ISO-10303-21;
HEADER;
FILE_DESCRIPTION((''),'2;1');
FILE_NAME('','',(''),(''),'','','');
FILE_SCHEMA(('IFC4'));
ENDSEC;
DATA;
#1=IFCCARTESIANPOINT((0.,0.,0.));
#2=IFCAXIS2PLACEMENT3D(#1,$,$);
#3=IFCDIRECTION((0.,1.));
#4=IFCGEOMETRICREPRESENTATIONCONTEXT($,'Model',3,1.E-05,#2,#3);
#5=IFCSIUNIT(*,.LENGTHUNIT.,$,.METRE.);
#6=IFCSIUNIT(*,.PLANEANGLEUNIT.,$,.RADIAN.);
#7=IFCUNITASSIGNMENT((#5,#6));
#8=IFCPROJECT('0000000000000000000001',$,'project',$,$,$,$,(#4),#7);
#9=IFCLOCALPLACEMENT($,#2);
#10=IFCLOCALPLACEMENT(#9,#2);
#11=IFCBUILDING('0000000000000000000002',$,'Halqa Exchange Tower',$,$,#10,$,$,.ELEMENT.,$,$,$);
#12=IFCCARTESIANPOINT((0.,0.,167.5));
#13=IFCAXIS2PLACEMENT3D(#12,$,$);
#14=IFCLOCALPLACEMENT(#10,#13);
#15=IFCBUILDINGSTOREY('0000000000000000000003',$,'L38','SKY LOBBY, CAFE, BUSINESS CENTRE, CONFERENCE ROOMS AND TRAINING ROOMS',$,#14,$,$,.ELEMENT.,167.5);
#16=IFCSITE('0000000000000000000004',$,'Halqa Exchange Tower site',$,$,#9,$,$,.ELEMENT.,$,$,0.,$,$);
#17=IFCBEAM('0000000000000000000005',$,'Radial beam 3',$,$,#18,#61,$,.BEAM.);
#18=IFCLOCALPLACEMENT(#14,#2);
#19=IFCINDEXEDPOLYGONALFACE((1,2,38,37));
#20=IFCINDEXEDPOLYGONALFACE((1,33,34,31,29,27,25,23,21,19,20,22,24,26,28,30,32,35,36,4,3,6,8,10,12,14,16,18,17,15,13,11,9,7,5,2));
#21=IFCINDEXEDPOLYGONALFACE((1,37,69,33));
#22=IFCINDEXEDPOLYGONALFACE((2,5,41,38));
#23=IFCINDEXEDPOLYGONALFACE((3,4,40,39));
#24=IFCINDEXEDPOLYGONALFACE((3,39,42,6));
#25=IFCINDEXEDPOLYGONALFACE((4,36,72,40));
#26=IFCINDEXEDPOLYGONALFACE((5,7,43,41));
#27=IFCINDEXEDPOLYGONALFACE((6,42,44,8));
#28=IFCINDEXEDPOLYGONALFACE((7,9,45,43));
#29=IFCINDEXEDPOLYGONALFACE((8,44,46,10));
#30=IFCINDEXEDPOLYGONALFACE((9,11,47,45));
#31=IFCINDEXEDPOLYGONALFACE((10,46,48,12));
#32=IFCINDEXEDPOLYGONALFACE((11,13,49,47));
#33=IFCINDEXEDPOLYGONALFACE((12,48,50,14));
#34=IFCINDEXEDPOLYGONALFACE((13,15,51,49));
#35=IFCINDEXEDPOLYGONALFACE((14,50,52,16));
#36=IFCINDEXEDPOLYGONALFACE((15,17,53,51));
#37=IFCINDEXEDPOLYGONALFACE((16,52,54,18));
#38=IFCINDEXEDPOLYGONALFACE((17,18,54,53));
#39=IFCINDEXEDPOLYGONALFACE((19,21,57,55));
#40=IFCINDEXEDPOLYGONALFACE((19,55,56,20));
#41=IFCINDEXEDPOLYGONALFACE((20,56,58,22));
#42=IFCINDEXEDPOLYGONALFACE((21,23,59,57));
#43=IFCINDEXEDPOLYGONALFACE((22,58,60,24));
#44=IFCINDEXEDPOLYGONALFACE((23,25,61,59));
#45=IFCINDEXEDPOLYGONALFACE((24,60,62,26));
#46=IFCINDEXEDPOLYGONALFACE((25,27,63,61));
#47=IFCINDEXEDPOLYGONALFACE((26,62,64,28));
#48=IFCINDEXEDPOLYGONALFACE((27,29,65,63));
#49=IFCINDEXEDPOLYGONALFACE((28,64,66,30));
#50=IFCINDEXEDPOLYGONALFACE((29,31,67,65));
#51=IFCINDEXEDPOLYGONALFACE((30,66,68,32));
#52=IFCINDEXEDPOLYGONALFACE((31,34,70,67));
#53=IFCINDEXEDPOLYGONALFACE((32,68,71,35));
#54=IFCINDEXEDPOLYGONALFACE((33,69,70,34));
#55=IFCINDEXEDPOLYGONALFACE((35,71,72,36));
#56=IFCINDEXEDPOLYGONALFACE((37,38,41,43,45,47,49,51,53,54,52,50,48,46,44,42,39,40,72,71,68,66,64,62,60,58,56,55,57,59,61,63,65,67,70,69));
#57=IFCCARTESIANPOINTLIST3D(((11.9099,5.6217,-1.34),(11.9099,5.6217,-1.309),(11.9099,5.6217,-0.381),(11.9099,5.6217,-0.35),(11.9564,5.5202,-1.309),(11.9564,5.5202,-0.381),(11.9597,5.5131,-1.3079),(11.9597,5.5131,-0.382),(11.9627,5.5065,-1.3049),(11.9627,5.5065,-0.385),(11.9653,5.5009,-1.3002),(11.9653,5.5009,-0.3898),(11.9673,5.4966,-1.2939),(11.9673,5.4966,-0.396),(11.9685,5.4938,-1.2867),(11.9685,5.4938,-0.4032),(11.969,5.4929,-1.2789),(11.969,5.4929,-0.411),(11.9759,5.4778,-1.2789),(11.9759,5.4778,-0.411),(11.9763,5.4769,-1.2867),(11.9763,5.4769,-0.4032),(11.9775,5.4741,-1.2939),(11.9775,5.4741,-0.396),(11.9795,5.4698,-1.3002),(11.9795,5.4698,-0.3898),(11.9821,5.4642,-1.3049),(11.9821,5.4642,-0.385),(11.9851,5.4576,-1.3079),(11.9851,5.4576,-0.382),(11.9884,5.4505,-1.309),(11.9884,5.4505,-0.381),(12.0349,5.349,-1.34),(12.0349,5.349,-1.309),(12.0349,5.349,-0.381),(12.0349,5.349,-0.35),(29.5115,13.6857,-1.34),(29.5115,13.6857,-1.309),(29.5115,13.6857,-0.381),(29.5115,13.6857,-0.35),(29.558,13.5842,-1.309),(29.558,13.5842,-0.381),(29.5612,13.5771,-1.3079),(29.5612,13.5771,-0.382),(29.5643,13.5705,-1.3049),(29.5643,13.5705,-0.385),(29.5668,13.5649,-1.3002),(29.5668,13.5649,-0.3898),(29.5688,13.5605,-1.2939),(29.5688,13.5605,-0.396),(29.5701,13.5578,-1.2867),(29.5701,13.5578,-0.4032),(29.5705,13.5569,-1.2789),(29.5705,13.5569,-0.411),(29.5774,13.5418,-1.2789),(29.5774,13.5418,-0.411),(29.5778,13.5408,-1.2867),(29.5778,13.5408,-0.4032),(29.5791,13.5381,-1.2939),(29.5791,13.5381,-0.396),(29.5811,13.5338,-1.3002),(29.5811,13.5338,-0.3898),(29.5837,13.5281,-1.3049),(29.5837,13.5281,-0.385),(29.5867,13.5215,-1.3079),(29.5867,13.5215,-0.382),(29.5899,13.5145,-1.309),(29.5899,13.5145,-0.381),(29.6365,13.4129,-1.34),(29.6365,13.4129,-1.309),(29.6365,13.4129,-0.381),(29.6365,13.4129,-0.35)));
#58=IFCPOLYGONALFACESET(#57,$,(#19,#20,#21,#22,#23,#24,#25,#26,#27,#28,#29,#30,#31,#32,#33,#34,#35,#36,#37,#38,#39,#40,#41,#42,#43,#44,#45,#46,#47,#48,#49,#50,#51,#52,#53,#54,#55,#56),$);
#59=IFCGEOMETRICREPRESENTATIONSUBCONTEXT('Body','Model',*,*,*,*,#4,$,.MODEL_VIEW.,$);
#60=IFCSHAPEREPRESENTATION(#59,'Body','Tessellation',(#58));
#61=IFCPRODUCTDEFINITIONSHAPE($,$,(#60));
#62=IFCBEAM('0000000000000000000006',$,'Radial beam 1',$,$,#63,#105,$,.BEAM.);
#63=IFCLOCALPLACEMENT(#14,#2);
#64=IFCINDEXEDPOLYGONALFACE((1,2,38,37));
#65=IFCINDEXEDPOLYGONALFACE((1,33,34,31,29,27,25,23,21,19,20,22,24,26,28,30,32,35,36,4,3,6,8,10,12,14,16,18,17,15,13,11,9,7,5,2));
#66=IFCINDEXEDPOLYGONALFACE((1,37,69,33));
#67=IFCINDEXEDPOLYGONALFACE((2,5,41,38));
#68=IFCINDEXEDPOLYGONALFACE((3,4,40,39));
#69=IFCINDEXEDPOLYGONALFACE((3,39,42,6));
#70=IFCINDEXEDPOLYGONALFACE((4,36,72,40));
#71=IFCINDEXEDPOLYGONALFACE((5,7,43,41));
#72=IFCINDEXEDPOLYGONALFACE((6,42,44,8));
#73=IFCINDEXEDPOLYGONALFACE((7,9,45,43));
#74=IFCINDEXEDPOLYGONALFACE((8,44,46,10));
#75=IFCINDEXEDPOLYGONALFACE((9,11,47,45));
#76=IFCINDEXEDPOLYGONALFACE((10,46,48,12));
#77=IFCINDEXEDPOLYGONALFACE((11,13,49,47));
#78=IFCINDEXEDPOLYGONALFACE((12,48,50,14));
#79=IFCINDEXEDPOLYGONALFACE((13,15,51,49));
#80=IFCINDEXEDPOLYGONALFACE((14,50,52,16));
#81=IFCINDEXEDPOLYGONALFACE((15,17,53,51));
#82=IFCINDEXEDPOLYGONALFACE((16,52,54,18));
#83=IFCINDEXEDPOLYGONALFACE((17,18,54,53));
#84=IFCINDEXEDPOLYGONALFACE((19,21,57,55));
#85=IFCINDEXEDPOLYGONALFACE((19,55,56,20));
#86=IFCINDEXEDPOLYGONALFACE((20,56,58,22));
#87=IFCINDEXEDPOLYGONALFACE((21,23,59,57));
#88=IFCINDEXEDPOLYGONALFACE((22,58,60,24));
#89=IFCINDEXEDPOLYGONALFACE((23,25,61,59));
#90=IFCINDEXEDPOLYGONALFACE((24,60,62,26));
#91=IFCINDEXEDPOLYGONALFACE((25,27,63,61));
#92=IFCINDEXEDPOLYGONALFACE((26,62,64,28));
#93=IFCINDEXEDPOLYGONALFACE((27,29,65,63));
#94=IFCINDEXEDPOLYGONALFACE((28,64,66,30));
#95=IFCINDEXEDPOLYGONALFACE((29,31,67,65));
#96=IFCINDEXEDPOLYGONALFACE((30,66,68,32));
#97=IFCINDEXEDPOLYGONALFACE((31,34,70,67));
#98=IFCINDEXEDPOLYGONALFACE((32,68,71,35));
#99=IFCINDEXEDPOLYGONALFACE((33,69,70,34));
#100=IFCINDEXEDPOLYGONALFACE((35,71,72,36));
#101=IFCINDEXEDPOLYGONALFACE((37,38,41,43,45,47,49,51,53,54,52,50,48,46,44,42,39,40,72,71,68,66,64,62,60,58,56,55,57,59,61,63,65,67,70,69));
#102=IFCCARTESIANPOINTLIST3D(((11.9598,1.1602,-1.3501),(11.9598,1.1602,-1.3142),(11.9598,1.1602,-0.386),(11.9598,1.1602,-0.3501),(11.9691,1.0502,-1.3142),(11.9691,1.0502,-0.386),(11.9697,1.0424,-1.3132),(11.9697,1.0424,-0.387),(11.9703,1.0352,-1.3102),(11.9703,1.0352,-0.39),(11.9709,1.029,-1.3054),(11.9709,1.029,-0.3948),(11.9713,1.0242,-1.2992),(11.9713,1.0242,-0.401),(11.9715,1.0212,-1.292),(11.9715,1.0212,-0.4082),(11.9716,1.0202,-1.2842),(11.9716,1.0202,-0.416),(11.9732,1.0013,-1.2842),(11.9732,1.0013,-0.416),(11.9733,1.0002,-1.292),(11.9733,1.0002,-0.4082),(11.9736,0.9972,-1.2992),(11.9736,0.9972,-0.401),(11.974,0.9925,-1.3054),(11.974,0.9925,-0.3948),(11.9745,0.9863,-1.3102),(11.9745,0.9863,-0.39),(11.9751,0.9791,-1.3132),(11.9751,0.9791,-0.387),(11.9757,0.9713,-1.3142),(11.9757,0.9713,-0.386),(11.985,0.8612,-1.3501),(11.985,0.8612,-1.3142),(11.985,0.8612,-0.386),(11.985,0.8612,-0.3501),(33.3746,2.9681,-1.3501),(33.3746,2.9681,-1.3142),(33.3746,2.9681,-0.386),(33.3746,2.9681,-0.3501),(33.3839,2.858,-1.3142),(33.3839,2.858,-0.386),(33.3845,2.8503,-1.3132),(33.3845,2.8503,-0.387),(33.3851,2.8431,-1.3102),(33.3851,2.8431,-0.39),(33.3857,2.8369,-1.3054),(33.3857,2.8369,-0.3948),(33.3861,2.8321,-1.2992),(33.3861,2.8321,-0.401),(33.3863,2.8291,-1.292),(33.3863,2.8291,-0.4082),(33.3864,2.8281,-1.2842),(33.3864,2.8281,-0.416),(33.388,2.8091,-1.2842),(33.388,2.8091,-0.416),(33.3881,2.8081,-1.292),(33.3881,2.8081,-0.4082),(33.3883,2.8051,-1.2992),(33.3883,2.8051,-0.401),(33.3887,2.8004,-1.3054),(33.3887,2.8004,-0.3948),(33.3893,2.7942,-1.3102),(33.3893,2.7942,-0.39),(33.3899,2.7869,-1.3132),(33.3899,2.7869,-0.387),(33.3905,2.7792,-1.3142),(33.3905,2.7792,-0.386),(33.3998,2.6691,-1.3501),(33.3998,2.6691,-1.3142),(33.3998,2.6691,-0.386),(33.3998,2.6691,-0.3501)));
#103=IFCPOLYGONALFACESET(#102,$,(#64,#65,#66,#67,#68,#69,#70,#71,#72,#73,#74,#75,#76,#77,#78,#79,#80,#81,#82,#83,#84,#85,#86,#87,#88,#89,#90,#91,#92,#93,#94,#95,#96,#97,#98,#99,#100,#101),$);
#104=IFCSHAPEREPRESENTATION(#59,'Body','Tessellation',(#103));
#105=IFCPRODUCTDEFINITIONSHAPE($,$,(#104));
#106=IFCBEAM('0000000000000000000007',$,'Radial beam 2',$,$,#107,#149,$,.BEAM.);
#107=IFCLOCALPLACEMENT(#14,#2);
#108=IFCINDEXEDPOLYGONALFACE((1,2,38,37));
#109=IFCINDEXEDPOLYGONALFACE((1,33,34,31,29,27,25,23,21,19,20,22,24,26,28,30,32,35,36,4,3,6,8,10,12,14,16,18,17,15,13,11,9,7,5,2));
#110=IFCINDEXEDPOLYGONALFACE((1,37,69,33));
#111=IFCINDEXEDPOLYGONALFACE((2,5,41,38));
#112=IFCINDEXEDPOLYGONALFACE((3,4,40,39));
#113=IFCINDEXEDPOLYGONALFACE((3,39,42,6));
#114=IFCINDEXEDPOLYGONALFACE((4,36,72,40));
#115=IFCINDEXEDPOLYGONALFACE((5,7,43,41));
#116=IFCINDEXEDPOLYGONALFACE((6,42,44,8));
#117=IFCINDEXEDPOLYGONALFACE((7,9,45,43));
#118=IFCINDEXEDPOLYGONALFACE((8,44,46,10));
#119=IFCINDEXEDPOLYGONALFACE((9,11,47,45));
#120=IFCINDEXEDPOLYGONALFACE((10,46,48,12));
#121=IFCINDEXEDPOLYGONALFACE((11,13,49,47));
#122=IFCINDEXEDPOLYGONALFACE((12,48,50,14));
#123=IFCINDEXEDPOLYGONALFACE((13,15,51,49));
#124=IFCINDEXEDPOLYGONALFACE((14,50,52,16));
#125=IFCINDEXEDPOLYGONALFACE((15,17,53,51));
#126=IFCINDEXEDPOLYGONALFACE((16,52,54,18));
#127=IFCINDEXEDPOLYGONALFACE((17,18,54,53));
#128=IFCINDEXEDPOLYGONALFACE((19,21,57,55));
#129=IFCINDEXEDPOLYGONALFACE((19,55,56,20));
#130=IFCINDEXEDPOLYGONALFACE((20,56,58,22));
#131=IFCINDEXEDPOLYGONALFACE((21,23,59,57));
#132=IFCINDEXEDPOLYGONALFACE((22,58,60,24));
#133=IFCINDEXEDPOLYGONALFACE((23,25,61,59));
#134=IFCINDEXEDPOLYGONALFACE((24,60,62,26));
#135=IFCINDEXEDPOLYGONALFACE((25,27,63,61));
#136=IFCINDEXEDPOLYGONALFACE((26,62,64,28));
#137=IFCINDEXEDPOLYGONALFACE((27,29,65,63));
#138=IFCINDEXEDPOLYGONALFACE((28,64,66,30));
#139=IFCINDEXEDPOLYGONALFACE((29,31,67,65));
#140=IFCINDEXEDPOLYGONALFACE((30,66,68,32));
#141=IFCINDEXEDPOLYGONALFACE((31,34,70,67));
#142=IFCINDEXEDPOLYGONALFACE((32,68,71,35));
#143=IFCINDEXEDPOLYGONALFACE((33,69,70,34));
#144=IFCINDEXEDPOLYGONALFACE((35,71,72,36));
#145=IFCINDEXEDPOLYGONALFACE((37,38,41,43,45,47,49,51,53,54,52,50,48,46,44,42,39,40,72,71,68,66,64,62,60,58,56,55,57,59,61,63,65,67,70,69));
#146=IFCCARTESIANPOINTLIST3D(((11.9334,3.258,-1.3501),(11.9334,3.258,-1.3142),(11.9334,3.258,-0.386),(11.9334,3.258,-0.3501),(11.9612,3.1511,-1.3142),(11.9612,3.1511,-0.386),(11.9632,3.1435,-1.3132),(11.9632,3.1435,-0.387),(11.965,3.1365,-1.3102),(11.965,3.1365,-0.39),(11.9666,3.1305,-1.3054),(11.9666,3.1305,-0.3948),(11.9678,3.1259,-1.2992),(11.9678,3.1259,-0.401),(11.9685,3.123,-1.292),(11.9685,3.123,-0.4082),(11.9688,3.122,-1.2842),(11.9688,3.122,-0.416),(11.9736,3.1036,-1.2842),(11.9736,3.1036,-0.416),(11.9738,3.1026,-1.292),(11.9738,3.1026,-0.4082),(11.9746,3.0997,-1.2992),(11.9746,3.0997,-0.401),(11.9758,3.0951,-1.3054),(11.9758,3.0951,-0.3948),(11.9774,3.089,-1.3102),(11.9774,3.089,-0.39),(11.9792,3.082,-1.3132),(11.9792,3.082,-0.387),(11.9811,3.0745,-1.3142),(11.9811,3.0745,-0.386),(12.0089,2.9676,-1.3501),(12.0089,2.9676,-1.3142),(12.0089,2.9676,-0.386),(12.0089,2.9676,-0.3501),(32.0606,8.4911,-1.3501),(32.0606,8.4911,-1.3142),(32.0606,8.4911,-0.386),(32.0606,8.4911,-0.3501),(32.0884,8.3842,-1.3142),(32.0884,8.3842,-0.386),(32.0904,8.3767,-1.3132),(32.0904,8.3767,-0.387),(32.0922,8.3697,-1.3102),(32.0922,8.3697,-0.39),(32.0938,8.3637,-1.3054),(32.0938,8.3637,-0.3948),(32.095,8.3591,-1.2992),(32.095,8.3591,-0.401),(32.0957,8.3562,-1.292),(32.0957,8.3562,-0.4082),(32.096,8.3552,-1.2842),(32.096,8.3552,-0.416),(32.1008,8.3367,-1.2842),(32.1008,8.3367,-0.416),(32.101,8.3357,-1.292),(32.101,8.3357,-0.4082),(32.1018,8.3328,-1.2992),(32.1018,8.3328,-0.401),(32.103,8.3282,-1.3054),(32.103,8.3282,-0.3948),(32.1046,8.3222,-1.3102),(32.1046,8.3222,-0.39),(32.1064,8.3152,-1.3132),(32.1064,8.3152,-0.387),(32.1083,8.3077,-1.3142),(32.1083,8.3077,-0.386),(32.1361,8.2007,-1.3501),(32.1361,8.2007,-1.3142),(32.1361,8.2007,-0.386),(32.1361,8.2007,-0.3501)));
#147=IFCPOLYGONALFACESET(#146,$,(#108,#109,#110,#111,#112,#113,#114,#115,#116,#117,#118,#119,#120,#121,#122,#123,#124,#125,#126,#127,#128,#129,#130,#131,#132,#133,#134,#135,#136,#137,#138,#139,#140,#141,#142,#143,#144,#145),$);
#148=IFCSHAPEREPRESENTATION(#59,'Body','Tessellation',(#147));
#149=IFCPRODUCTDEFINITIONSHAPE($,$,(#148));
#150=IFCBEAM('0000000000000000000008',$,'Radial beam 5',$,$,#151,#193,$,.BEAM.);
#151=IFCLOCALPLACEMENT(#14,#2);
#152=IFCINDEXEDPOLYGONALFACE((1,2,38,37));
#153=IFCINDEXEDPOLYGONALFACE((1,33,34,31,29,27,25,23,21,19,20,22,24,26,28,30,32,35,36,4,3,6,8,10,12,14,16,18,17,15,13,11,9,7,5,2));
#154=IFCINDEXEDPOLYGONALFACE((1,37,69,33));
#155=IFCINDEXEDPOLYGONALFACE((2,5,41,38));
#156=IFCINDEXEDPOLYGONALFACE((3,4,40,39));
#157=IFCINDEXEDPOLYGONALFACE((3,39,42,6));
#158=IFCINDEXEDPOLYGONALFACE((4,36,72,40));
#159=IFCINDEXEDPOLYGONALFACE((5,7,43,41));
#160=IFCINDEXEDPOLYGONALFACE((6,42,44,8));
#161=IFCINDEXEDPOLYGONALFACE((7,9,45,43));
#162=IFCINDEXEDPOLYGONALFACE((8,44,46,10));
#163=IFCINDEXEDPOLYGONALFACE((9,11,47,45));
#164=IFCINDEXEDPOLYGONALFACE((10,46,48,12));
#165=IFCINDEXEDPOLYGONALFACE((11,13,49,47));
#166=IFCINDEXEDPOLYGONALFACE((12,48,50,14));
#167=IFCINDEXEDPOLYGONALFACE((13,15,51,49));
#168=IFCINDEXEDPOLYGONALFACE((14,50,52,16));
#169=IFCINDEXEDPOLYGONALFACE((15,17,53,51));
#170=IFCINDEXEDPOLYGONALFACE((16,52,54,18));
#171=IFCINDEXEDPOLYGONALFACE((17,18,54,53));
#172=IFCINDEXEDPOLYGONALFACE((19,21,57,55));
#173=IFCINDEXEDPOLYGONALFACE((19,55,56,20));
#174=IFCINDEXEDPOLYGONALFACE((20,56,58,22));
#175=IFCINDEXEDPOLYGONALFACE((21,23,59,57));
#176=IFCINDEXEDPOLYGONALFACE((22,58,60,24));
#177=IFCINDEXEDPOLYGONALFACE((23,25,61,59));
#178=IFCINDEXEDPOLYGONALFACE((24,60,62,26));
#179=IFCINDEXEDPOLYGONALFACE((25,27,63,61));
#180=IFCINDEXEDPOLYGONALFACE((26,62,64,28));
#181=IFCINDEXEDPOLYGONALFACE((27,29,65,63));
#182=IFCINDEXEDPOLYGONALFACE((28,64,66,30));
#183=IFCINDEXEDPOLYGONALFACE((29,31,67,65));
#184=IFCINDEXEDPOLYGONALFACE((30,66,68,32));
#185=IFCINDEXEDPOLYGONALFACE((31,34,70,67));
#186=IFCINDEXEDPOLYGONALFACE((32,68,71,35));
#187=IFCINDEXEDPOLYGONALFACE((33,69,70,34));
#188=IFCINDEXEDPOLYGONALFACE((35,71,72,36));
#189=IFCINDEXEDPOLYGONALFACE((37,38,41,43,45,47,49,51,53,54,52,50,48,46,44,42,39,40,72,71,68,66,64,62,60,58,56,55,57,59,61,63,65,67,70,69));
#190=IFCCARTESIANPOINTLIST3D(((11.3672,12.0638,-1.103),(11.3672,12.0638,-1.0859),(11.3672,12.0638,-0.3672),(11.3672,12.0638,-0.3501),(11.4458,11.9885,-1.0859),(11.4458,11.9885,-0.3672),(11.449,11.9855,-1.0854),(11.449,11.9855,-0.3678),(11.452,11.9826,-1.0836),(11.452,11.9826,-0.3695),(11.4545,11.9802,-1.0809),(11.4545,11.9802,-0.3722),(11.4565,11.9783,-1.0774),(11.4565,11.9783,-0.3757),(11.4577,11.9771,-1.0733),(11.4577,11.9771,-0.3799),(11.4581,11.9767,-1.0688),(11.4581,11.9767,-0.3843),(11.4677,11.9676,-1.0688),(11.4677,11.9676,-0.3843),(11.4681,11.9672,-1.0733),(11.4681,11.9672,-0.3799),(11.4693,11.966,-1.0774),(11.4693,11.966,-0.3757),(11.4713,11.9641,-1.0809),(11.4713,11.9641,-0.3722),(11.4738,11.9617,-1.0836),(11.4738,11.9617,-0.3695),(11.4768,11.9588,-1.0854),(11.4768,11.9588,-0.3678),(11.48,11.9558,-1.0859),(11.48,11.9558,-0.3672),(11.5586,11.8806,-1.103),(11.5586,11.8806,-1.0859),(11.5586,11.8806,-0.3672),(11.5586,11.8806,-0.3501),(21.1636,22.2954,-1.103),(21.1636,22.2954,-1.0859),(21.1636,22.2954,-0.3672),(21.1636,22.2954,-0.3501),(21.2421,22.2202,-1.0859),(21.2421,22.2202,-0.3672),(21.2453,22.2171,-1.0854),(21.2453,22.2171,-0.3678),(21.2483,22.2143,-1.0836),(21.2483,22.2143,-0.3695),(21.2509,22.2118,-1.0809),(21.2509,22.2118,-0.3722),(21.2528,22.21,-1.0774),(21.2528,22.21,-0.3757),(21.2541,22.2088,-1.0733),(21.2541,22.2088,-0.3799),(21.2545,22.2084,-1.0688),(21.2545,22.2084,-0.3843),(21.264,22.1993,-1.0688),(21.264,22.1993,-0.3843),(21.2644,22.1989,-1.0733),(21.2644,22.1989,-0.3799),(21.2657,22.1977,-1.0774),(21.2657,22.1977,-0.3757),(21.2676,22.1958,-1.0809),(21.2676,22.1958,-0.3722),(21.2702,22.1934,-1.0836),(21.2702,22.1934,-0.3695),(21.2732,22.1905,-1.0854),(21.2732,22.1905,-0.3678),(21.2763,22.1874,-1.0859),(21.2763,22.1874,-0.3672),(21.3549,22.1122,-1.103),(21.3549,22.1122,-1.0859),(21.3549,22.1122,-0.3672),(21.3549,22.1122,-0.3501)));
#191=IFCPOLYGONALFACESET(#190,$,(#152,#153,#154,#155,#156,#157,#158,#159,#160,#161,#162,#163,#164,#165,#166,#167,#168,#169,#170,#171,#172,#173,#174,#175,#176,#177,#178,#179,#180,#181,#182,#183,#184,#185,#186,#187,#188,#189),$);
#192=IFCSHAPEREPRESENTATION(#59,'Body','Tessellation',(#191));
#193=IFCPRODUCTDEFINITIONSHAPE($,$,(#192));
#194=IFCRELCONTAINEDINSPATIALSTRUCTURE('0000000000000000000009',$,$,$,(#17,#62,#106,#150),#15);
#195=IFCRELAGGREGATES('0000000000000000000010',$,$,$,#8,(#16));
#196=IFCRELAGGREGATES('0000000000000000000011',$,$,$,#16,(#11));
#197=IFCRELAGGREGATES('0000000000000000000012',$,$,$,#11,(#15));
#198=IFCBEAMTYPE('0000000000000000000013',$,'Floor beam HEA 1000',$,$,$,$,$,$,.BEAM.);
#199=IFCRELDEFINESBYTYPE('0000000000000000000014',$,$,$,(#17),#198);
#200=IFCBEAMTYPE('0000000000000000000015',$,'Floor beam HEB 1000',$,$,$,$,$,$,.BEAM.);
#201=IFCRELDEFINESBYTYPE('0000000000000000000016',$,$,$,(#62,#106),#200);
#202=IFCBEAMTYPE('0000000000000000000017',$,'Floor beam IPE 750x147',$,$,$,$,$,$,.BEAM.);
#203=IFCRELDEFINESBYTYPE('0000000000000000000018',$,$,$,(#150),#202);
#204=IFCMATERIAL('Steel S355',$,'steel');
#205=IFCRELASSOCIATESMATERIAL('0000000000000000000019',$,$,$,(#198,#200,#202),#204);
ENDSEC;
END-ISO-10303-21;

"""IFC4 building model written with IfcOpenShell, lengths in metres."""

from ifc_helpers import new_model, si_unit, direction, frame, origin, origin_2d, place, context, subcontext, project, spatial, i_section, extrude, material, material_profile, profile_set, type_object, element, save


model = new_model("IFC4")

# Units and contexts
model_context = context("Model", 3, precision=1e-05, world=origin(), true_north=direction((0.0, 1.0)))
body_context = subcontext(model_context, "Body", "Model", "MODEL_VIEW")
ifc_project = project(units=[si_unit("LENGTHUNIT", "METRE"), si_unit("PLANEANGLEUNIT", "RADIAN")], contexts=[model_context])

# Site, building, storey
site_placement = place(None, origin())
site = spatial("IfcSite", under=ifc_project, at=site_placement, Name="Halqa Exchange Tower site", CompositionType="ELEMENT", RefElevation=0.0)
building_placement = place(site_placement, origin())
building = spatial("IfcBuilding", under=site, at=building_placement, Name="Halqa Exchange Tower", CompositionType="ELEMENT")
storey_placement = place(building_placement, frame((0.0, 0.0, 167.5)))
storey = spatial("IfcBuildingStorey", under=building, at=storey_placement, Name="L38", Description="SKY LOBBY, CAFE, BUSINESS CENTRE, CONFERENCE ROOMS AND TRAINING ROOMS", CompositionType="ELEMENT", Elevation=167.5)

# Beams
ifc_material_1 = material(Name="Steel S355", Category="steel")
ifc_material_profile_1 = material_profile(ifc_material_1, i_section(OverallWidth=0.3, OverallDepth=0.99, WebThickness=0.0166, FlangeThickness=0.031, FilletRadius=0.03, at=origin_2d()), Name="HEA 1000")
ifc_profile_set_1 = profile_set([ifc_material_profile_1], Name="Steel S355")
beam_type_1 = type_object("IfcBeamType", Name="Floor beam HEA 1000", PredefinedType="BEAM", material=ifc_profile_set_1)
beam_1_placement = place(storey_placement, frame((11.9724, 5.4854, -0.845), z_axis=(0.909132, 0.416509, 0.0), x_axis=(-0.416509, 0.909132, 0.0)))
element("IfcBeam", 1, at=beam_1_placement, inside=storey, type_object=beam_type_1, Name="Radial beam 3", PredefinedType="BEAM", context=body_context, shape_type="SweptSolid", body=[
    extrude(i_section(OverallWidth=0.3, OverallDepth=0.99, WebThickness=0.0166, FlangeThickness=0.031, FilletRadius=0.03, at=origin_2d()), origin(), (0.0, 0.0, 1.0), 19.3608),
])
ifc_material_profile_2 = material_profile(ifc_material_1, i_section(OverallWidth=0.3, OverallDepth=1.0, WebThickness=0.019, FlangeThickness=0.0359, FilletRadius=0.03, at=origin_2d()), Name="HEB 1000")
ifc_profile_set_2 = profile_set([ifc_material_profile_2], Name="Steel S355")
beam_type_2 = type_object("IfcBeamType", Name="Floor beam HEB 1000", PredefinedType="BEAM", material=ifc_profile_set_2)
beam_2_placement = place(storey_placement, frame((11.9724, 1.0107, -0.8501), z_axis=(0.996455, 0.084122, 0.0), x_axis=(-0.084122, 0.996455, 0.0)))
element("IfcBeam", 2, at=beam_2_placement, inside=storey, type_object=beam_type_2, Name="Radial beam 1", PredefinedType="BEAM", context=body_context, shape_type="SweptSolid", body=[
    extrude(i_section(OverallWidth=0.3, OverallDepth=1.0, WebThickness=0.019, FlangeThickness=0.0359, FilletRadius=0.03, at=origin_2d()), origin(), (0.0, 0.0, 1.0), 21.491),
])
beam_3_placement = place(storey_placement, frame((11.9712, 3.1128, -0.8501), z_axis=(0.967822, 0.251638, 0.0), x_axis=(-0.251638, 0.967822, 0.0)))
element("IfcBeam", 3, at=beam_3_placement, inside=storey, type_object=beam_type_2, Name="Radial beam 2", PredefinedType="BEAM", context=body_context, shape_type="SweptSolid", body=[
    extrude(i_section(OverallWidth=0.3, OverallDepth=1.0, WebThickness=0.019, FlangeThickness=0.0359, FilletRadius=0.03, at=origin_2d()), origin(), (0.0, 0.0, 1.0), 20.7964),
])
ifc_material_profile_3 = material_profile(ifc_material_1, i_section(OverallWidth=0.2649, OverallDepth=0.7529, WebThickness=0.0132, FlangeThickness=0.0171, FilletRadius=0.0171, at=origin_2d()), Name="IPE 750x147")
ifc_profile_set_3 = profile_set([ifc_material_profile_3], Name="Steel S355")
beam_type_3 = type_object("IfcBeamType", Name="Floor beam IPE 750x147", PredefinedType="BEAM", material=ifc_profile_set_3)
beam_4_placement = place(storey_placement, frame((11.4629, 11.9722, -0.7266), z_axis=(0.691575, 0.722305, 0.0), x_axis=(-0.722305, 0.691575, 0.0)))
element("IfcBeam", 4, at=beam_4_placement, inside=storey, type_object=beam_type_3, Name="Radial beam 5", PredefinedType="BEAM", context=body_context, shape_type="SweptSolid", body=[
    extrude(i_section(OverallWidth=0.2649, OverallDepth=0.7529, WebThickness=0.0132, FlangeThickness=0.0171, FilletRadius=0.0171, at=origin_2d()), origin(), (0.0, 0.0, 1.0), 14.1653),
])

save(model, "model.ifc")
